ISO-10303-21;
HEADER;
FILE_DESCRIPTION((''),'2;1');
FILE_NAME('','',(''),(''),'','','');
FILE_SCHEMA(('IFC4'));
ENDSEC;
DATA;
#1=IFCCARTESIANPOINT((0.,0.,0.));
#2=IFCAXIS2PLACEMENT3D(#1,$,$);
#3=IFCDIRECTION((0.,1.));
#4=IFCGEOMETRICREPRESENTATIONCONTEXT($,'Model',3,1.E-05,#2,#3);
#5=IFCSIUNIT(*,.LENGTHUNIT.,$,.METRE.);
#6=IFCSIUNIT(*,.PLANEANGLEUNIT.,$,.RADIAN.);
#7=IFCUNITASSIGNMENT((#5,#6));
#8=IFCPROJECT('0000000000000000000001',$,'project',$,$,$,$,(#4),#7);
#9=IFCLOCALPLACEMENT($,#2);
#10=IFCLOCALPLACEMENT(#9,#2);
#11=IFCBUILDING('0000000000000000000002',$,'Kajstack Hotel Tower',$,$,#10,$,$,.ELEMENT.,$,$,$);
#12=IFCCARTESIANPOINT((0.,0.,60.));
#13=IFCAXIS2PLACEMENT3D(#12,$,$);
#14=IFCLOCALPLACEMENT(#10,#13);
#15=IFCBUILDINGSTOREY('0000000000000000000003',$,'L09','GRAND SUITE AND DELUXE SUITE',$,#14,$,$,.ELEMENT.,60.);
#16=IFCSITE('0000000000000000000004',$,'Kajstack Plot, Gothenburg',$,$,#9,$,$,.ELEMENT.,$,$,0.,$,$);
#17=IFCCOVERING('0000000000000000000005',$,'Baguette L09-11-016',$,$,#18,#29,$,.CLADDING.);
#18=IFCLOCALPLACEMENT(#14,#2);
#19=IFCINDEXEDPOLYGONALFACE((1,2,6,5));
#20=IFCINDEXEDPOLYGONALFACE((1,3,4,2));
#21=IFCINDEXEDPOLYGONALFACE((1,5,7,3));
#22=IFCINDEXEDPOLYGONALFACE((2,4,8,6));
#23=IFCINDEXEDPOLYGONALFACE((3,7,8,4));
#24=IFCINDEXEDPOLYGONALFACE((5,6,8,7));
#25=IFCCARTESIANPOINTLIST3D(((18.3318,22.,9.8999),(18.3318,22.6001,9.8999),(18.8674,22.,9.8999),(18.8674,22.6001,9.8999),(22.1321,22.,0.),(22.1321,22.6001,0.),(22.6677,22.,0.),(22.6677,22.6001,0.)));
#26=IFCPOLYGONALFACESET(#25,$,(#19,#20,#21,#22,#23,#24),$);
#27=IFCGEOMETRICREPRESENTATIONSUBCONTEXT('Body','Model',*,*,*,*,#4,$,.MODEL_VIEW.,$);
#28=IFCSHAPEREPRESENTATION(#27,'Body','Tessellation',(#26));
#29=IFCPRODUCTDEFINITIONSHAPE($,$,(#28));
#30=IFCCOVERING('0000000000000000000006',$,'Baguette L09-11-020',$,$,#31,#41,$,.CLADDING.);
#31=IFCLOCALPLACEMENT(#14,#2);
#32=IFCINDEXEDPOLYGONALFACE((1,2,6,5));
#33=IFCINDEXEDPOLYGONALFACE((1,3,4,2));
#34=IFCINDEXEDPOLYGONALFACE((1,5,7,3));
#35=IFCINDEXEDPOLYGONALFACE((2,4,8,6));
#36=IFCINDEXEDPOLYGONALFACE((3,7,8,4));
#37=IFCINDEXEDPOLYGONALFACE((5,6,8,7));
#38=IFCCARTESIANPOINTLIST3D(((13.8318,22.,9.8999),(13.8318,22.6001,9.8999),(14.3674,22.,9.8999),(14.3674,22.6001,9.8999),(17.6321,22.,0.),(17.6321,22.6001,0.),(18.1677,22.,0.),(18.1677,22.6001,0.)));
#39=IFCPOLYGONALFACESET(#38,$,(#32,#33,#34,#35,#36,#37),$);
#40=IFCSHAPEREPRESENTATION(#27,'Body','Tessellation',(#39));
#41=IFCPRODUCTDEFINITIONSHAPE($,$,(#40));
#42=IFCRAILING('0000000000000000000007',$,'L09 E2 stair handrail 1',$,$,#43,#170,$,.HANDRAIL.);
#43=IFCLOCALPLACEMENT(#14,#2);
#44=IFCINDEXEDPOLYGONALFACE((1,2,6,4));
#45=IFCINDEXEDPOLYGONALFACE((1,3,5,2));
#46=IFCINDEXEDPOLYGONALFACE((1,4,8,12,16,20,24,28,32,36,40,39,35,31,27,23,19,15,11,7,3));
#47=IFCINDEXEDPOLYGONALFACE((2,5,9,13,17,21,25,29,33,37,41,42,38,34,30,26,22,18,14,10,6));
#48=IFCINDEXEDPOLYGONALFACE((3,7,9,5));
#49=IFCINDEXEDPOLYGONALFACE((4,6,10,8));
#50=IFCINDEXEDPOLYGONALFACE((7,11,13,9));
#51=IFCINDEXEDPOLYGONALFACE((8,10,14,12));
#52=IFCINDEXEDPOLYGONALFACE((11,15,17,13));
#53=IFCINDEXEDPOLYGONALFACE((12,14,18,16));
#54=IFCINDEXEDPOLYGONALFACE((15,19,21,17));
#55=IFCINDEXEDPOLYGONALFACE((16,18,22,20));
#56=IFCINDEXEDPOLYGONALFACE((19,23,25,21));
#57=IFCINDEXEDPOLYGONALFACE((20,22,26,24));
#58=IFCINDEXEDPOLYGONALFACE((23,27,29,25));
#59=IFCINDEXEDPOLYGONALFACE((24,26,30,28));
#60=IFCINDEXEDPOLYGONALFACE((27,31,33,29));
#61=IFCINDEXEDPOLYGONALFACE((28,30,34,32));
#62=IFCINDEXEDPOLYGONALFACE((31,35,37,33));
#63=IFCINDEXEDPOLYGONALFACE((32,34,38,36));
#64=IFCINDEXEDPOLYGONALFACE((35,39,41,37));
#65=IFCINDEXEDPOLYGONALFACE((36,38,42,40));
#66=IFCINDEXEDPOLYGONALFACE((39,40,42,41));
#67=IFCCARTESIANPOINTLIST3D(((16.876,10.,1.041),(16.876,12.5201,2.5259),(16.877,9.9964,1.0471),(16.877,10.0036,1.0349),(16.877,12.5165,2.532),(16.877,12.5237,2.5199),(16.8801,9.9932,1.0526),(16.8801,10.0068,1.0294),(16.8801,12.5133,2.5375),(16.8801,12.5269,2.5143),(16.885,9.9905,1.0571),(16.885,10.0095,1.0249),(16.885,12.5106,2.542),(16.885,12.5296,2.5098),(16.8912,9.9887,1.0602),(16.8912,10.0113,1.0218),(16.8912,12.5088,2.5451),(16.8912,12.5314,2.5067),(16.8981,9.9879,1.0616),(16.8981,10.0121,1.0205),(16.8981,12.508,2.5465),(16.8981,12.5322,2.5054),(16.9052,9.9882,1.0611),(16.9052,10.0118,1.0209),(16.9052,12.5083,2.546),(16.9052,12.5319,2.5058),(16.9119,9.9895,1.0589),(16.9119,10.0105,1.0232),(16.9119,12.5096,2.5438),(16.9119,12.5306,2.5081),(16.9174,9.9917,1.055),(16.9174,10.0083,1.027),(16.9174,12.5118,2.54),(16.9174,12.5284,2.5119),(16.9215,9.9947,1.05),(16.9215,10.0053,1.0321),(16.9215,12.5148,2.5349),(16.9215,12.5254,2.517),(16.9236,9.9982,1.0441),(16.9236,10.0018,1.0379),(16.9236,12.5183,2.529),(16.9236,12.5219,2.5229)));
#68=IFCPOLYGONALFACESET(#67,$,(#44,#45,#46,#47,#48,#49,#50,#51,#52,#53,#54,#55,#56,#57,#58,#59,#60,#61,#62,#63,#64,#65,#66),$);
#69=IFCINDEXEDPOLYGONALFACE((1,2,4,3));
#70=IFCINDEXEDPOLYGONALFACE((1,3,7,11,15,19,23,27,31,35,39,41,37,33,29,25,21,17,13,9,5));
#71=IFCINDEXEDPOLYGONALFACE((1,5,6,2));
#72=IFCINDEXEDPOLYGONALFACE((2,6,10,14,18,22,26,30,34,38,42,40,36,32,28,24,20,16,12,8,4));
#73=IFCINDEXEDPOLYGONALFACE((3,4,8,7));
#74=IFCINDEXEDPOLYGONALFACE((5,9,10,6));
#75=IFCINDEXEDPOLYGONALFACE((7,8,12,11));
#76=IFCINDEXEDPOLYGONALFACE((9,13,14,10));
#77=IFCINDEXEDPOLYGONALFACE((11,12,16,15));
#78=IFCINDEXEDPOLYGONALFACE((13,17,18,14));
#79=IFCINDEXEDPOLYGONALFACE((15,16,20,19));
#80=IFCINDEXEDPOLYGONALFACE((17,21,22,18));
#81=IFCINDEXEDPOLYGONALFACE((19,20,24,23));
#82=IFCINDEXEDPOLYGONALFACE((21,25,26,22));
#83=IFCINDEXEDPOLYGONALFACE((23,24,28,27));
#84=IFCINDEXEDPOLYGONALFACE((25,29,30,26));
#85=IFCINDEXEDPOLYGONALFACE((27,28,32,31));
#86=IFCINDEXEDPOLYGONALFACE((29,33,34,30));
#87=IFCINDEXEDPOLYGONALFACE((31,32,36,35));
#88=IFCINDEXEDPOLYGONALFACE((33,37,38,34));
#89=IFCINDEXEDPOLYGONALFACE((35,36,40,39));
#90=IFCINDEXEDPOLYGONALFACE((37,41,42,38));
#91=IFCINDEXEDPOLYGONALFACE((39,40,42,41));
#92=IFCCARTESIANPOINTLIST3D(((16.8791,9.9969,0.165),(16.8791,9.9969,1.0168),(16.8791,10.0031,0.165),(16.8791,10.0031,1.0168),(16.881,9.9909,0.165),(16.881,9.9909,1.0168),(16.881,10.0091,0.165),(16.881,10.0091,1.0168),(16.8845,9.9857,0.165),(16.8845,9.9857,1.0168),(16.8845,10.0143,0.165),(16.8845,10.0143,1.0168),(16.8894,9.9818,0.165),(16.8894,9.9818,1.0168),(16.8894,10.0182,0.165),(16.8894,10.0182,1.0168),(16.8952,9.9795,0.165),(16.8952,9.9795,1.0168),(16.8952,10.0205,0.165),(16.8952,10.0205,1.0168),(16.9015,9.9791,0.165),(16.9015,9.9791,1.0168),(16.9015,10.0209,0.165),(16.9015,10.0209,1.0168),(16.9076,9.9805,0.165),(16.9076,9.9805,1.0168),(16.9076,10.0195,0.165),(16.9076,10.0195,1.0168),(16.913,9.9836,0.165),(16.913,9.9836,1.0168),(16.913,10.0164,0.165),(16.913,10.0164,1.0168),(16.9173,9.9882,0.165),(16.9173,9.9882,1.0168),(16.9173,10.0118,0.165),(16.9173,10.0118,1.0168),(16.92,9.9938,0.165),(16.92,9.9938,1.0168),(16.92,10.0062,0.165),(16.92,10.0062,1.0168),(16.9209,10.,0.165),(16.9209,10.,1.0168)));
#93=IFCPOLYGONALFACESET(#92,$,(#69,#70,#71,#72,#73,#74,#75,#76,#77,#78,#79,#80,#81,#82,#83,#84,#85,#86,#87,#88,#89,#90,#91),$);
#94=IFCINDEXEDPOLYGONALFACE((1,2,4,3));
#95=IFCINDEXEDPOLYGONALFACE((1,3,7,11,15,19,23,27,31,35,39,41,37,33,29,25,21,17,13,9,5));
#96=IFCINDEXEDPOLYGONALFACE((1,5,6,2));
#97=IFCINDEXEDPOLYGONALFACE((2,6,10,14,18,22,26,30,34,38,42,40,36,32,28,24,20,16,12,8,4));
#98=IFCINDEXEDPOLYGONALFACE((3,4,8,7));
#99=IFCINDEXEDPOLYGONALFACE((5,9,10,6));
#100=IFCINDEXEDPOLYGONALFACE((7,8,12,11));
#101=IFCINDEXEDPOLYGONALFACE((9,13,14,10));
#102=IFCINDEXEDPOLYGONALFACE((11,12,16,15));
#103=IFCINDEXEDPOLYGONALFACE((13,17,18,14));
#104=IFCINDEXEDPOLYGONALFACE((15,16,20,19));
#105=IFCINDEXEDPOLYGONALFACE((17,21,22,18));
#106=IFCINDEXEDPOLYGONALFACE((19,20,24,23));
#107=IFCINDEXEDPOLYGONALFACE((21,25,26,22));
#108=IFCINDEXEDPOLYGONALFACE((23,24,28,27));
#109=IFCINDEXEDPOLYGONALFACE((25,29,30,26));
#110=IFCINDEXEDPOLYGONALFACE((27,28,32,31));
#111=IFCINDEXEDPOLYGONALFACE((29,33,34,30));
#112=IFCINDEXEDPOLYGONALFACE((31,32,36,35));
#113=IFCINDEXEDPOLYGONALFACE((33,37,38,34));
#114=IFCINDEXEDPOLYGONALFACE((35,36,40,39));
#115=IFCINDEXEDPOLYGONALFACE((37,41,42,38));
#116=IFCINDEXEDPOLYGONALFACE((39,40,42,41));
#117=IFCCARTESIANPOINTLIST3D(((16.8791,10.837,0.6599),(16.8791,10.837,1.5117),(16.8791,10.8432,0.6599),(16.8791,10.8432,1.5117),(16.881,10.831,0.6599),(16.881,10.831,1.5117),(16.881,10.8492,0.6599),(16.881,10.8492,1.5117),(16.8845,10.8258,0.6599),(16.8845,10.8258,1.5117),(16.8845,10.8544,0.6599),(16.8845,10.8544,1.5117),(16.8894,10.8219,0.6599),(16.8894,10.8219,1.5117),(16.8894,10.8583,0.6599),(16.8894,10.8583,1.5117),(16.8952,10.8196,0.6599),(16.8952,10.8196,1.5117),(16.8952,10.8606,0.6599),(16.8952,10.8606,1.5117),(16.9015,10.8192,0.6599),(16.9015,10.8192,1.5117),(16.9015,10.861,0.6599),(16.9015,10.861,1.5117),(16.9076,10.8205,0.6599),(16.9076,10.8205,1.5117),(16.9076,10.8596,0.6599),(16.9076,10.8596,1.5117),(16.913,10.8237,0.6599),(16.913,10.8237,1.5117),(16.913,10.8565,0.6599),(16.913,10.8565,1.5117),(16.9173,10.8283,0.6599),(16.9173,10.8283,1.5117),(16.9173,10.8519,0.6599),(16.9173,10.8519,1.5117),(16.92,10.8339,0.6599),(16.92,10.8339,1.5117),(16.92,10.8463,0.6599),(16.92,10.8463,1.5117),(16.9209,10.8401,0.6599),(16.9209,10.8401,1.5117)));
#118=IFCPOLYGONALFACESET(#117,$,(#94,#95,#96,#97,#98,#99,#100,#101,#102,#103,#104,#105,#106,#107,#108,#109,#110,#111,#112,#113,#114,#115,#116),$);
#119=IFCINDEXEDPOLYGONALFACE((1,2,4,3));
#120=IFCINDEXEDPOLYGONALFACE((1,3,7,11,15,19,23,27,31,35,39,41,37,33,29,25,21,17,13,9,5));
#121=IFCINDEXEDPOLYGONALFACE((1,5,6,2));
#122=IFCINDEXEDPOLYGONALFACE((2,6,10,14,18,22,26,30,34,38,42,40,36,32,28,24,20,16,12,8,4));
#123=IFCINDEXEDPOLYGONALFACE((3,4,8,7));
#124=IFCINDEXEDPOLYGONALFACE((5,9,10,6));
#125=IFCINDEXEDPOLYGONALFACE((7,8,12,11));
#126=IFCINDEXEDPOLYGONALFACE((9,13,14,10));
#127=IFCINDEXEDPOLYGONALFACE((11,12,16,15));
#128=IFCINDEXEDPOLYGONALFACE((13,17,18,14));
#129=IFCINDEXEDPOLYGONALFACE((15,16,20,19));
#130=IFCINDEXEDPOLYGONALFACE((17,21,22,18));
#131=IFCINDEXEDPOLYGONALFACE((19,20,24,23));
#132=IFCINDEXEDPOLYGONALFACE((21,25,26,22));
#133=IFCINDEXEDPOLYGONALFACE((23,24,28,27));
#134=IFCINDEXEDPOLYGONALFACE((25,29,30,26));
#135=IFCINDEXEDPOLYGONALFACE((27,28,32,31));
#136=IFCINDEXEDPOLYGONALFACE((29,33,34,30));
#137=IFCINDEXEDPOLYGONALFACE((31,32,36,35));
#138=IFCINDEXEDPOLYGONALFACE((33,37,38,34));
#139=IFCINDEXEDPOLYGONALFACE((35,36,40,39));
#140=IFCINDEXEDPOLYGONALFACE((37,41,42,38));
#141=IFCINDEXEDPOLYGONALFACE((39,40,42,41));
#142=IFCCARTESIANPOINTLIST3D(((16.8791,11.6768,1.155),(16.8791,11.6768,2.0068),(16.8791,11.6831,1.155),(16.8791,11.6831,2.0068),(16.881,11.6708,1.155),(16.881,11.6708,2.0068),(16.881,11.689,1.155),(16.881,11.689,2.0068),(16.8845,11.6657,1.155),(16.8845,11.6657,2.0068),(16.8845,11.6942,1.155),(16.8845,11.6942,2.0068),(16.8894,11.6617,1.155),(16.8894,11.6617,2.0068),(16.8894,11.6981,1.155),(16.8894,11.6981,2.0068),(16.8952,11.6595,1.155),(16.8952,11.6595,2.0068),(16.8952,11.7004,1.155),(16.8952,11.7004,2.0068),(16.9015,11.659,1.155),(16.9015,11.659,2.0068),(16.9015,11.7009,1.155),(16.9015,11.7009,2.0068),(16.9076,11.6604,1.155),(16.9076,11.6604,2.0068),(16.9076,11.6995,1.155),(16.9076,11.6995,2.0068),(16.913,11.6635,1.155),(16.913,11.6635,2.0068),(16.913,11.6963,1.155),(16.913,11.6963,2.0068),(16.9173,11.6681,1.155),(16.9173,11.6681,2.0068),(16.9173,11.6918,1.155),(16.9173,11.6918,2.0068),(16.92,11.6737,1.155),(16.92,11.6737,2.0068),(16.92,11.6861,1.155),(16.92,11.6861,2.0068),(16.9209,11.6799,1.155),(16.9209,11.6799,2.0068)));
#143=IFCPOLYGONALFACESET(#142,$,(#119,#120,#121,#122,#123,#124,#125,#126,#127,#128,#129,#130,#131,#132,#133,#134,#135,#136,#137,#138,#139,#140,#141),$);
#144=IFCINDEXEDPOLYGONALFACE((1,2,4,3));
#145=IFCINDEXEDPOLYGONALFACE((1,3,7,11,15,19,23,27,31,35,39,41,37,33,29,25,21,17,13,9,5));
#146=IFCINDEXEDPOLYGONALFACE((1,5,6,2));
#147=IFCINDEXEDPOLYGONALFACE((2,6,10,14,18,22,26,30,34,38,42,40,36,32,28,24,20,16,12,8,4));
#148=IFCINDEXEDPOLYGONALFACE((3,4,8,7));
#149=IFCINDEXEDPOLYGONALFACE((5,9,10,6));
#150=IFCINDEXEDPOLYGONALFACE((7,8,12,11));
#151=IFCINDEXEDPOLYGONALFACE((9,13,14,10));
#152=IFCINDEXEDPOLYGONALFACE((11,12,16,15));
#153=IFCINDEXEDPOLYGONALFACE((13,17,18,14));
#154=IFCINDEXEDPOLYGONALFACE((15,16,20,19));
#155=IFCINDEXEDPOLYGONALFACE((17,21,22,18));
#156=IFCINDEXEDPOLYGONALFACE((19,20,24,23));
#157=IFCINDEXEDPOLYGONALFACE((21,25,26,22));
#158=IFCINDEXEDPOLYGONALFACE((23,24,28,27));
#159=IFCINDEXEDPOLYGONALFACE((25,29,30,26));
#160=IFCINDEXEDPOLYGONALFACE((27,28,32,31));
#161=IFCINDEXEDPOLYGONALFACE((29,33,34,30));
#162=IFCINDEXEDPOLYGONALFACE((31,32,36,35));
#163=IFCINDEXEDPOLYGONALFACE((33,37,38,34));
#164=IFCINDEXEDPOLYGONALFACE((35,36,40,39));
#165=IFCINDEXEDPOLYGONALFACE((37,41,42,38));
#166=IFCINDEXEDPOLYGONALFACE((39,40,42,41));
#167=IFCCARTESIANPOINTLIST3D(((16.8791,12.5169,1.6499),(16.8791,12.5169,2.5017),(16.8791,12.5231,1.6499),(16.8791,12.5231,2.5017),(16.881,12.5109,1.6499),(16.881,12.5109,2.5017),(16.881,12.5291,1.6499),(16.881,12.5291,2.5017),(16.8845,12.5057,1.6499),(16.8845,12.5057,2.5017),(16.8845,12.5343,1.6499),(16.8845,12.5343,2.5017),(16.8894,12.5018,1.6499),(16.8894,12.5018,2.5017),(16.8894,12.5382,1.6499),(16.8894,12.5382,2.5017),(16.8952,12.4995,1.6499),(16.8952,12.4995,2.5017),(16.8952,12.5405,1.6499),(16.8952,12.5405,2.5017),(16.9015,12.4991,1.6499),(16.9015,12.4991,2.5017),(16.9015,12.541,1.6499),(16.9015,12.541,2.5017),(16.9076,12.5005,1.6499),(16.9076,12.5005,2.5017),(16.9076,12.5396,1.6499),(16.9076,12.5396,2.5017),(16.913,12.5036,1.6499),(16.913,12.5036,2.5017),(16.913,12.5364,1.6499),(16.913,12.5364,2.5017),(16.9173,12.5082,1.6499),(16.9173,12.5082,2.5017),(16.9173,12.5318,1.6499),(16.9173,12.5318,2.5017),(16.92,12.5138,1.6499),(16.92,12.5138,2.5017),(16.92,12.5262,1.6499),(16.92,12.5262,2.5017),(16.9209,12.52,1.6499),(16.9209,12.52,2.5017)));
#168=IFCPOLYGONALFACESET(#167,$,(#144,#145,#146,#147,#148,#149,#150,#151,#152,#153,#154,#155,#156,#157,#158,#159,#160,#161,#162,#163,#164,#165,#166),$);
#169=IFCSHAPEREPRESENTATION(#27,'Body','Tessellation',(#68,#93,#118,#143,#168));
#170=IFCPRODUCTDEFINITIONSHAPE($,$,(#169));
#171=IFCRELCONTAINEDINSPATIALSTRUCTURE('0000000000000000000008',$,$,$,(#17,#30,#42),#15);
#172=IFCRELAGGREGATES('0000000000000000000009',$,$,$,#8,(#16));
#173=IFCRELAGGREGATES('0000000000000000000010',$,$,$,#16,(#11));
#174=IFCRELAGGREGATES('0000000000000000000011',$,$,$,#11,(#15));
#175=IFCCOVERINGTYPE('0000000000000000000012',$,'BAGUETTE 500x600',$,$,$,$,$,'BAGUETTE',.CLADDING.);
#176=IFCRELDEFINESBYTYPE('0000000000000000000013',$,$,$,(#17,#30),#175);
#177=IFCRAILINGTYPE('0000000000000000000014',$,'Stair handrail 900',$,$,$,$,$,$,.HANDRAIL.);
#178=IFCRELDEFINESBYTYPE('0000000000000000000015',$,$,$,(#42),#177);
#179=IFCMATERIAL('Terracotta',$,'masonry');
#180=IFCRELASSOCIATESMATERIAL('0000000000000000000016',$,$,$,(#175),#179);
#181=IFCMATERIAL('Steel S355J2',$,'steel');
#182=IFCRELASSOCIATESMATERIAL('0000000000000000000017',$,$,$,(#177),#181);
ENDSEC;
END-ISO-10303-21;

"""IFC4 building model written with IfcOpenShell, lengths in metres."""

from ifc_helpers import new_model, si_unit, direction, frame, origin, origin_2d, place, context, subcontext, project, spatial, polyline, rectangle, circle, outline, extrude, material, material_profile, profile_set, type_object, element, save


model = new_model("IFC4")

# Units and contexts
model_context = context("Model", 3, precision=1e-05, world=origin(), true_north=direction((0.0, 1.0)))
body_context = subcontext(model_context, "Body", "Model", "MODEL_VIEW")
ifc_project = project(units=[si_unit("LENGTHUNIT", "METRE"), si_unit("PLANEANGLEUNIT", "RADIAN")], contexts=[model_context])

# Site, building, storey
site_placement = place(None, origin())
site = spatial("IfcSite", under=ifc_project, at=site_placement, Name="Kajstack Plot, Gothenburg", CompositionType="ELEMENT", RefElevation=0.0)
building_placement = place(site_placement, origin())
building = spatial("IfcBuilding", under=site, at=building_placement, Name="Kajstack Hotel Tower", CompositionType="ELEMENT")
storey_placement = place(building_placement, frame((0.0, 0.0, 60.0)))
storey = spatial("IfcBuildingStorey", under=building, at=storey_placement, Name="L09", Description="GRAND SUITE AND DELUXE SUITE", CompositionType="ELEMENT", Elevation=60.0)

# Coverings
ifc_material_1 = material(Name="Terracotta", Category="masonry")
ifc_material_profile = material_profile(ifc_material_1, rectangle(XDim=0.6001, YDim=0.5, at=origin_2d()), Name="Terracotta-clad concrete baguette 500 x 600")
ifc_profile_set = profile_set([ifc_material_profile], Name="Terracotta")
covering_type = type_object("IfcCoveringType", Name="BAGUETTE 500x600", ElementType="BAGUETTE", PredefinedType="CLADDING", material=ifc_profile_set)
for number, where, z_axis, x_axis, name in (
    (1, (22.6677, 22.0, 0.0), (0.0, 1.0, 0.0), (-1.0, 0.0, 0.0), "Baguette L09-11-016"),
    (2, (18.1677, 22.0, 0.0), (0.0, 1.0, 0.0), (-1.0, 0.0, 0.0), "Baguette L09-11-020"),
):
    element("IfcCovering", number, at=place(storey_placement, frame(where, z_axis=z_axis, x_axis=x_axis)), inside=storey, type_object=covering_type, Name=name, PredefinedType="CLADDING", context=body_context, shape_type="SweptSolid", body=[
        extrude(outline(polyline([(3.8003, 9.8999), (0.0, 0.0), (0.5356, 0.0), (4.3359, 9.8999), (3.8003, 9.8999)])), origin(), (0.0, 0.0, 1.0), 0.6001),
    ])

# Railing
ifc_material_2 = material(Name="Steel S355J2", Category="steel")
railing_type_1 = type_object("IfcRailingType", Name="Stair handrail 900", PredefinedType="HANDRAIL", material=ifc_material_2)
railing_1_placement = place(storey_placement, frame((16.8999, 10.0, 0.165)))
element("IfcRailing", 3, at=railing_1_placement, inside=storey, type_object=railing_type_1, Name="L09 E2 stair handrail 1", PredefinedType="HANDRAIL", context=body_context, shape_type="SweptSolid", body=[
    extrude(circle(Radius=0.0239, at=origin_2d()), frame((0.0, 0.0, 0.876), z_axis=(0.0, 0.861561, 0.507655), x_axis=(-1.0, 0.0, 0.0)), (0.0, 0.0, 1.0), 2.925),
    extrude(circle(Radius=0.021, at=origin_2d()), origin(), (0.0, 0.0, 1.0), 0.8518),
    extrude(circle(Radius=0.021, at=origin_2d()), frame((0.0, 0.8401, 0.4949)), (0.0, 0.0, 1.0), 0.8518),
    extrude(circle(Radius=0.021, at=origin_2d()), frame((0.0, 1.6799, 0.99)), (0.0, 0.0, 1.0), 0.8518),
    extrude(circle(Radius=0.021, at=origin_2d()), frame((0.0, 2.52, 1.4849)), (0.0, 0.0, 1.0), 0.8518),
])

save(model, "model.ifc")
